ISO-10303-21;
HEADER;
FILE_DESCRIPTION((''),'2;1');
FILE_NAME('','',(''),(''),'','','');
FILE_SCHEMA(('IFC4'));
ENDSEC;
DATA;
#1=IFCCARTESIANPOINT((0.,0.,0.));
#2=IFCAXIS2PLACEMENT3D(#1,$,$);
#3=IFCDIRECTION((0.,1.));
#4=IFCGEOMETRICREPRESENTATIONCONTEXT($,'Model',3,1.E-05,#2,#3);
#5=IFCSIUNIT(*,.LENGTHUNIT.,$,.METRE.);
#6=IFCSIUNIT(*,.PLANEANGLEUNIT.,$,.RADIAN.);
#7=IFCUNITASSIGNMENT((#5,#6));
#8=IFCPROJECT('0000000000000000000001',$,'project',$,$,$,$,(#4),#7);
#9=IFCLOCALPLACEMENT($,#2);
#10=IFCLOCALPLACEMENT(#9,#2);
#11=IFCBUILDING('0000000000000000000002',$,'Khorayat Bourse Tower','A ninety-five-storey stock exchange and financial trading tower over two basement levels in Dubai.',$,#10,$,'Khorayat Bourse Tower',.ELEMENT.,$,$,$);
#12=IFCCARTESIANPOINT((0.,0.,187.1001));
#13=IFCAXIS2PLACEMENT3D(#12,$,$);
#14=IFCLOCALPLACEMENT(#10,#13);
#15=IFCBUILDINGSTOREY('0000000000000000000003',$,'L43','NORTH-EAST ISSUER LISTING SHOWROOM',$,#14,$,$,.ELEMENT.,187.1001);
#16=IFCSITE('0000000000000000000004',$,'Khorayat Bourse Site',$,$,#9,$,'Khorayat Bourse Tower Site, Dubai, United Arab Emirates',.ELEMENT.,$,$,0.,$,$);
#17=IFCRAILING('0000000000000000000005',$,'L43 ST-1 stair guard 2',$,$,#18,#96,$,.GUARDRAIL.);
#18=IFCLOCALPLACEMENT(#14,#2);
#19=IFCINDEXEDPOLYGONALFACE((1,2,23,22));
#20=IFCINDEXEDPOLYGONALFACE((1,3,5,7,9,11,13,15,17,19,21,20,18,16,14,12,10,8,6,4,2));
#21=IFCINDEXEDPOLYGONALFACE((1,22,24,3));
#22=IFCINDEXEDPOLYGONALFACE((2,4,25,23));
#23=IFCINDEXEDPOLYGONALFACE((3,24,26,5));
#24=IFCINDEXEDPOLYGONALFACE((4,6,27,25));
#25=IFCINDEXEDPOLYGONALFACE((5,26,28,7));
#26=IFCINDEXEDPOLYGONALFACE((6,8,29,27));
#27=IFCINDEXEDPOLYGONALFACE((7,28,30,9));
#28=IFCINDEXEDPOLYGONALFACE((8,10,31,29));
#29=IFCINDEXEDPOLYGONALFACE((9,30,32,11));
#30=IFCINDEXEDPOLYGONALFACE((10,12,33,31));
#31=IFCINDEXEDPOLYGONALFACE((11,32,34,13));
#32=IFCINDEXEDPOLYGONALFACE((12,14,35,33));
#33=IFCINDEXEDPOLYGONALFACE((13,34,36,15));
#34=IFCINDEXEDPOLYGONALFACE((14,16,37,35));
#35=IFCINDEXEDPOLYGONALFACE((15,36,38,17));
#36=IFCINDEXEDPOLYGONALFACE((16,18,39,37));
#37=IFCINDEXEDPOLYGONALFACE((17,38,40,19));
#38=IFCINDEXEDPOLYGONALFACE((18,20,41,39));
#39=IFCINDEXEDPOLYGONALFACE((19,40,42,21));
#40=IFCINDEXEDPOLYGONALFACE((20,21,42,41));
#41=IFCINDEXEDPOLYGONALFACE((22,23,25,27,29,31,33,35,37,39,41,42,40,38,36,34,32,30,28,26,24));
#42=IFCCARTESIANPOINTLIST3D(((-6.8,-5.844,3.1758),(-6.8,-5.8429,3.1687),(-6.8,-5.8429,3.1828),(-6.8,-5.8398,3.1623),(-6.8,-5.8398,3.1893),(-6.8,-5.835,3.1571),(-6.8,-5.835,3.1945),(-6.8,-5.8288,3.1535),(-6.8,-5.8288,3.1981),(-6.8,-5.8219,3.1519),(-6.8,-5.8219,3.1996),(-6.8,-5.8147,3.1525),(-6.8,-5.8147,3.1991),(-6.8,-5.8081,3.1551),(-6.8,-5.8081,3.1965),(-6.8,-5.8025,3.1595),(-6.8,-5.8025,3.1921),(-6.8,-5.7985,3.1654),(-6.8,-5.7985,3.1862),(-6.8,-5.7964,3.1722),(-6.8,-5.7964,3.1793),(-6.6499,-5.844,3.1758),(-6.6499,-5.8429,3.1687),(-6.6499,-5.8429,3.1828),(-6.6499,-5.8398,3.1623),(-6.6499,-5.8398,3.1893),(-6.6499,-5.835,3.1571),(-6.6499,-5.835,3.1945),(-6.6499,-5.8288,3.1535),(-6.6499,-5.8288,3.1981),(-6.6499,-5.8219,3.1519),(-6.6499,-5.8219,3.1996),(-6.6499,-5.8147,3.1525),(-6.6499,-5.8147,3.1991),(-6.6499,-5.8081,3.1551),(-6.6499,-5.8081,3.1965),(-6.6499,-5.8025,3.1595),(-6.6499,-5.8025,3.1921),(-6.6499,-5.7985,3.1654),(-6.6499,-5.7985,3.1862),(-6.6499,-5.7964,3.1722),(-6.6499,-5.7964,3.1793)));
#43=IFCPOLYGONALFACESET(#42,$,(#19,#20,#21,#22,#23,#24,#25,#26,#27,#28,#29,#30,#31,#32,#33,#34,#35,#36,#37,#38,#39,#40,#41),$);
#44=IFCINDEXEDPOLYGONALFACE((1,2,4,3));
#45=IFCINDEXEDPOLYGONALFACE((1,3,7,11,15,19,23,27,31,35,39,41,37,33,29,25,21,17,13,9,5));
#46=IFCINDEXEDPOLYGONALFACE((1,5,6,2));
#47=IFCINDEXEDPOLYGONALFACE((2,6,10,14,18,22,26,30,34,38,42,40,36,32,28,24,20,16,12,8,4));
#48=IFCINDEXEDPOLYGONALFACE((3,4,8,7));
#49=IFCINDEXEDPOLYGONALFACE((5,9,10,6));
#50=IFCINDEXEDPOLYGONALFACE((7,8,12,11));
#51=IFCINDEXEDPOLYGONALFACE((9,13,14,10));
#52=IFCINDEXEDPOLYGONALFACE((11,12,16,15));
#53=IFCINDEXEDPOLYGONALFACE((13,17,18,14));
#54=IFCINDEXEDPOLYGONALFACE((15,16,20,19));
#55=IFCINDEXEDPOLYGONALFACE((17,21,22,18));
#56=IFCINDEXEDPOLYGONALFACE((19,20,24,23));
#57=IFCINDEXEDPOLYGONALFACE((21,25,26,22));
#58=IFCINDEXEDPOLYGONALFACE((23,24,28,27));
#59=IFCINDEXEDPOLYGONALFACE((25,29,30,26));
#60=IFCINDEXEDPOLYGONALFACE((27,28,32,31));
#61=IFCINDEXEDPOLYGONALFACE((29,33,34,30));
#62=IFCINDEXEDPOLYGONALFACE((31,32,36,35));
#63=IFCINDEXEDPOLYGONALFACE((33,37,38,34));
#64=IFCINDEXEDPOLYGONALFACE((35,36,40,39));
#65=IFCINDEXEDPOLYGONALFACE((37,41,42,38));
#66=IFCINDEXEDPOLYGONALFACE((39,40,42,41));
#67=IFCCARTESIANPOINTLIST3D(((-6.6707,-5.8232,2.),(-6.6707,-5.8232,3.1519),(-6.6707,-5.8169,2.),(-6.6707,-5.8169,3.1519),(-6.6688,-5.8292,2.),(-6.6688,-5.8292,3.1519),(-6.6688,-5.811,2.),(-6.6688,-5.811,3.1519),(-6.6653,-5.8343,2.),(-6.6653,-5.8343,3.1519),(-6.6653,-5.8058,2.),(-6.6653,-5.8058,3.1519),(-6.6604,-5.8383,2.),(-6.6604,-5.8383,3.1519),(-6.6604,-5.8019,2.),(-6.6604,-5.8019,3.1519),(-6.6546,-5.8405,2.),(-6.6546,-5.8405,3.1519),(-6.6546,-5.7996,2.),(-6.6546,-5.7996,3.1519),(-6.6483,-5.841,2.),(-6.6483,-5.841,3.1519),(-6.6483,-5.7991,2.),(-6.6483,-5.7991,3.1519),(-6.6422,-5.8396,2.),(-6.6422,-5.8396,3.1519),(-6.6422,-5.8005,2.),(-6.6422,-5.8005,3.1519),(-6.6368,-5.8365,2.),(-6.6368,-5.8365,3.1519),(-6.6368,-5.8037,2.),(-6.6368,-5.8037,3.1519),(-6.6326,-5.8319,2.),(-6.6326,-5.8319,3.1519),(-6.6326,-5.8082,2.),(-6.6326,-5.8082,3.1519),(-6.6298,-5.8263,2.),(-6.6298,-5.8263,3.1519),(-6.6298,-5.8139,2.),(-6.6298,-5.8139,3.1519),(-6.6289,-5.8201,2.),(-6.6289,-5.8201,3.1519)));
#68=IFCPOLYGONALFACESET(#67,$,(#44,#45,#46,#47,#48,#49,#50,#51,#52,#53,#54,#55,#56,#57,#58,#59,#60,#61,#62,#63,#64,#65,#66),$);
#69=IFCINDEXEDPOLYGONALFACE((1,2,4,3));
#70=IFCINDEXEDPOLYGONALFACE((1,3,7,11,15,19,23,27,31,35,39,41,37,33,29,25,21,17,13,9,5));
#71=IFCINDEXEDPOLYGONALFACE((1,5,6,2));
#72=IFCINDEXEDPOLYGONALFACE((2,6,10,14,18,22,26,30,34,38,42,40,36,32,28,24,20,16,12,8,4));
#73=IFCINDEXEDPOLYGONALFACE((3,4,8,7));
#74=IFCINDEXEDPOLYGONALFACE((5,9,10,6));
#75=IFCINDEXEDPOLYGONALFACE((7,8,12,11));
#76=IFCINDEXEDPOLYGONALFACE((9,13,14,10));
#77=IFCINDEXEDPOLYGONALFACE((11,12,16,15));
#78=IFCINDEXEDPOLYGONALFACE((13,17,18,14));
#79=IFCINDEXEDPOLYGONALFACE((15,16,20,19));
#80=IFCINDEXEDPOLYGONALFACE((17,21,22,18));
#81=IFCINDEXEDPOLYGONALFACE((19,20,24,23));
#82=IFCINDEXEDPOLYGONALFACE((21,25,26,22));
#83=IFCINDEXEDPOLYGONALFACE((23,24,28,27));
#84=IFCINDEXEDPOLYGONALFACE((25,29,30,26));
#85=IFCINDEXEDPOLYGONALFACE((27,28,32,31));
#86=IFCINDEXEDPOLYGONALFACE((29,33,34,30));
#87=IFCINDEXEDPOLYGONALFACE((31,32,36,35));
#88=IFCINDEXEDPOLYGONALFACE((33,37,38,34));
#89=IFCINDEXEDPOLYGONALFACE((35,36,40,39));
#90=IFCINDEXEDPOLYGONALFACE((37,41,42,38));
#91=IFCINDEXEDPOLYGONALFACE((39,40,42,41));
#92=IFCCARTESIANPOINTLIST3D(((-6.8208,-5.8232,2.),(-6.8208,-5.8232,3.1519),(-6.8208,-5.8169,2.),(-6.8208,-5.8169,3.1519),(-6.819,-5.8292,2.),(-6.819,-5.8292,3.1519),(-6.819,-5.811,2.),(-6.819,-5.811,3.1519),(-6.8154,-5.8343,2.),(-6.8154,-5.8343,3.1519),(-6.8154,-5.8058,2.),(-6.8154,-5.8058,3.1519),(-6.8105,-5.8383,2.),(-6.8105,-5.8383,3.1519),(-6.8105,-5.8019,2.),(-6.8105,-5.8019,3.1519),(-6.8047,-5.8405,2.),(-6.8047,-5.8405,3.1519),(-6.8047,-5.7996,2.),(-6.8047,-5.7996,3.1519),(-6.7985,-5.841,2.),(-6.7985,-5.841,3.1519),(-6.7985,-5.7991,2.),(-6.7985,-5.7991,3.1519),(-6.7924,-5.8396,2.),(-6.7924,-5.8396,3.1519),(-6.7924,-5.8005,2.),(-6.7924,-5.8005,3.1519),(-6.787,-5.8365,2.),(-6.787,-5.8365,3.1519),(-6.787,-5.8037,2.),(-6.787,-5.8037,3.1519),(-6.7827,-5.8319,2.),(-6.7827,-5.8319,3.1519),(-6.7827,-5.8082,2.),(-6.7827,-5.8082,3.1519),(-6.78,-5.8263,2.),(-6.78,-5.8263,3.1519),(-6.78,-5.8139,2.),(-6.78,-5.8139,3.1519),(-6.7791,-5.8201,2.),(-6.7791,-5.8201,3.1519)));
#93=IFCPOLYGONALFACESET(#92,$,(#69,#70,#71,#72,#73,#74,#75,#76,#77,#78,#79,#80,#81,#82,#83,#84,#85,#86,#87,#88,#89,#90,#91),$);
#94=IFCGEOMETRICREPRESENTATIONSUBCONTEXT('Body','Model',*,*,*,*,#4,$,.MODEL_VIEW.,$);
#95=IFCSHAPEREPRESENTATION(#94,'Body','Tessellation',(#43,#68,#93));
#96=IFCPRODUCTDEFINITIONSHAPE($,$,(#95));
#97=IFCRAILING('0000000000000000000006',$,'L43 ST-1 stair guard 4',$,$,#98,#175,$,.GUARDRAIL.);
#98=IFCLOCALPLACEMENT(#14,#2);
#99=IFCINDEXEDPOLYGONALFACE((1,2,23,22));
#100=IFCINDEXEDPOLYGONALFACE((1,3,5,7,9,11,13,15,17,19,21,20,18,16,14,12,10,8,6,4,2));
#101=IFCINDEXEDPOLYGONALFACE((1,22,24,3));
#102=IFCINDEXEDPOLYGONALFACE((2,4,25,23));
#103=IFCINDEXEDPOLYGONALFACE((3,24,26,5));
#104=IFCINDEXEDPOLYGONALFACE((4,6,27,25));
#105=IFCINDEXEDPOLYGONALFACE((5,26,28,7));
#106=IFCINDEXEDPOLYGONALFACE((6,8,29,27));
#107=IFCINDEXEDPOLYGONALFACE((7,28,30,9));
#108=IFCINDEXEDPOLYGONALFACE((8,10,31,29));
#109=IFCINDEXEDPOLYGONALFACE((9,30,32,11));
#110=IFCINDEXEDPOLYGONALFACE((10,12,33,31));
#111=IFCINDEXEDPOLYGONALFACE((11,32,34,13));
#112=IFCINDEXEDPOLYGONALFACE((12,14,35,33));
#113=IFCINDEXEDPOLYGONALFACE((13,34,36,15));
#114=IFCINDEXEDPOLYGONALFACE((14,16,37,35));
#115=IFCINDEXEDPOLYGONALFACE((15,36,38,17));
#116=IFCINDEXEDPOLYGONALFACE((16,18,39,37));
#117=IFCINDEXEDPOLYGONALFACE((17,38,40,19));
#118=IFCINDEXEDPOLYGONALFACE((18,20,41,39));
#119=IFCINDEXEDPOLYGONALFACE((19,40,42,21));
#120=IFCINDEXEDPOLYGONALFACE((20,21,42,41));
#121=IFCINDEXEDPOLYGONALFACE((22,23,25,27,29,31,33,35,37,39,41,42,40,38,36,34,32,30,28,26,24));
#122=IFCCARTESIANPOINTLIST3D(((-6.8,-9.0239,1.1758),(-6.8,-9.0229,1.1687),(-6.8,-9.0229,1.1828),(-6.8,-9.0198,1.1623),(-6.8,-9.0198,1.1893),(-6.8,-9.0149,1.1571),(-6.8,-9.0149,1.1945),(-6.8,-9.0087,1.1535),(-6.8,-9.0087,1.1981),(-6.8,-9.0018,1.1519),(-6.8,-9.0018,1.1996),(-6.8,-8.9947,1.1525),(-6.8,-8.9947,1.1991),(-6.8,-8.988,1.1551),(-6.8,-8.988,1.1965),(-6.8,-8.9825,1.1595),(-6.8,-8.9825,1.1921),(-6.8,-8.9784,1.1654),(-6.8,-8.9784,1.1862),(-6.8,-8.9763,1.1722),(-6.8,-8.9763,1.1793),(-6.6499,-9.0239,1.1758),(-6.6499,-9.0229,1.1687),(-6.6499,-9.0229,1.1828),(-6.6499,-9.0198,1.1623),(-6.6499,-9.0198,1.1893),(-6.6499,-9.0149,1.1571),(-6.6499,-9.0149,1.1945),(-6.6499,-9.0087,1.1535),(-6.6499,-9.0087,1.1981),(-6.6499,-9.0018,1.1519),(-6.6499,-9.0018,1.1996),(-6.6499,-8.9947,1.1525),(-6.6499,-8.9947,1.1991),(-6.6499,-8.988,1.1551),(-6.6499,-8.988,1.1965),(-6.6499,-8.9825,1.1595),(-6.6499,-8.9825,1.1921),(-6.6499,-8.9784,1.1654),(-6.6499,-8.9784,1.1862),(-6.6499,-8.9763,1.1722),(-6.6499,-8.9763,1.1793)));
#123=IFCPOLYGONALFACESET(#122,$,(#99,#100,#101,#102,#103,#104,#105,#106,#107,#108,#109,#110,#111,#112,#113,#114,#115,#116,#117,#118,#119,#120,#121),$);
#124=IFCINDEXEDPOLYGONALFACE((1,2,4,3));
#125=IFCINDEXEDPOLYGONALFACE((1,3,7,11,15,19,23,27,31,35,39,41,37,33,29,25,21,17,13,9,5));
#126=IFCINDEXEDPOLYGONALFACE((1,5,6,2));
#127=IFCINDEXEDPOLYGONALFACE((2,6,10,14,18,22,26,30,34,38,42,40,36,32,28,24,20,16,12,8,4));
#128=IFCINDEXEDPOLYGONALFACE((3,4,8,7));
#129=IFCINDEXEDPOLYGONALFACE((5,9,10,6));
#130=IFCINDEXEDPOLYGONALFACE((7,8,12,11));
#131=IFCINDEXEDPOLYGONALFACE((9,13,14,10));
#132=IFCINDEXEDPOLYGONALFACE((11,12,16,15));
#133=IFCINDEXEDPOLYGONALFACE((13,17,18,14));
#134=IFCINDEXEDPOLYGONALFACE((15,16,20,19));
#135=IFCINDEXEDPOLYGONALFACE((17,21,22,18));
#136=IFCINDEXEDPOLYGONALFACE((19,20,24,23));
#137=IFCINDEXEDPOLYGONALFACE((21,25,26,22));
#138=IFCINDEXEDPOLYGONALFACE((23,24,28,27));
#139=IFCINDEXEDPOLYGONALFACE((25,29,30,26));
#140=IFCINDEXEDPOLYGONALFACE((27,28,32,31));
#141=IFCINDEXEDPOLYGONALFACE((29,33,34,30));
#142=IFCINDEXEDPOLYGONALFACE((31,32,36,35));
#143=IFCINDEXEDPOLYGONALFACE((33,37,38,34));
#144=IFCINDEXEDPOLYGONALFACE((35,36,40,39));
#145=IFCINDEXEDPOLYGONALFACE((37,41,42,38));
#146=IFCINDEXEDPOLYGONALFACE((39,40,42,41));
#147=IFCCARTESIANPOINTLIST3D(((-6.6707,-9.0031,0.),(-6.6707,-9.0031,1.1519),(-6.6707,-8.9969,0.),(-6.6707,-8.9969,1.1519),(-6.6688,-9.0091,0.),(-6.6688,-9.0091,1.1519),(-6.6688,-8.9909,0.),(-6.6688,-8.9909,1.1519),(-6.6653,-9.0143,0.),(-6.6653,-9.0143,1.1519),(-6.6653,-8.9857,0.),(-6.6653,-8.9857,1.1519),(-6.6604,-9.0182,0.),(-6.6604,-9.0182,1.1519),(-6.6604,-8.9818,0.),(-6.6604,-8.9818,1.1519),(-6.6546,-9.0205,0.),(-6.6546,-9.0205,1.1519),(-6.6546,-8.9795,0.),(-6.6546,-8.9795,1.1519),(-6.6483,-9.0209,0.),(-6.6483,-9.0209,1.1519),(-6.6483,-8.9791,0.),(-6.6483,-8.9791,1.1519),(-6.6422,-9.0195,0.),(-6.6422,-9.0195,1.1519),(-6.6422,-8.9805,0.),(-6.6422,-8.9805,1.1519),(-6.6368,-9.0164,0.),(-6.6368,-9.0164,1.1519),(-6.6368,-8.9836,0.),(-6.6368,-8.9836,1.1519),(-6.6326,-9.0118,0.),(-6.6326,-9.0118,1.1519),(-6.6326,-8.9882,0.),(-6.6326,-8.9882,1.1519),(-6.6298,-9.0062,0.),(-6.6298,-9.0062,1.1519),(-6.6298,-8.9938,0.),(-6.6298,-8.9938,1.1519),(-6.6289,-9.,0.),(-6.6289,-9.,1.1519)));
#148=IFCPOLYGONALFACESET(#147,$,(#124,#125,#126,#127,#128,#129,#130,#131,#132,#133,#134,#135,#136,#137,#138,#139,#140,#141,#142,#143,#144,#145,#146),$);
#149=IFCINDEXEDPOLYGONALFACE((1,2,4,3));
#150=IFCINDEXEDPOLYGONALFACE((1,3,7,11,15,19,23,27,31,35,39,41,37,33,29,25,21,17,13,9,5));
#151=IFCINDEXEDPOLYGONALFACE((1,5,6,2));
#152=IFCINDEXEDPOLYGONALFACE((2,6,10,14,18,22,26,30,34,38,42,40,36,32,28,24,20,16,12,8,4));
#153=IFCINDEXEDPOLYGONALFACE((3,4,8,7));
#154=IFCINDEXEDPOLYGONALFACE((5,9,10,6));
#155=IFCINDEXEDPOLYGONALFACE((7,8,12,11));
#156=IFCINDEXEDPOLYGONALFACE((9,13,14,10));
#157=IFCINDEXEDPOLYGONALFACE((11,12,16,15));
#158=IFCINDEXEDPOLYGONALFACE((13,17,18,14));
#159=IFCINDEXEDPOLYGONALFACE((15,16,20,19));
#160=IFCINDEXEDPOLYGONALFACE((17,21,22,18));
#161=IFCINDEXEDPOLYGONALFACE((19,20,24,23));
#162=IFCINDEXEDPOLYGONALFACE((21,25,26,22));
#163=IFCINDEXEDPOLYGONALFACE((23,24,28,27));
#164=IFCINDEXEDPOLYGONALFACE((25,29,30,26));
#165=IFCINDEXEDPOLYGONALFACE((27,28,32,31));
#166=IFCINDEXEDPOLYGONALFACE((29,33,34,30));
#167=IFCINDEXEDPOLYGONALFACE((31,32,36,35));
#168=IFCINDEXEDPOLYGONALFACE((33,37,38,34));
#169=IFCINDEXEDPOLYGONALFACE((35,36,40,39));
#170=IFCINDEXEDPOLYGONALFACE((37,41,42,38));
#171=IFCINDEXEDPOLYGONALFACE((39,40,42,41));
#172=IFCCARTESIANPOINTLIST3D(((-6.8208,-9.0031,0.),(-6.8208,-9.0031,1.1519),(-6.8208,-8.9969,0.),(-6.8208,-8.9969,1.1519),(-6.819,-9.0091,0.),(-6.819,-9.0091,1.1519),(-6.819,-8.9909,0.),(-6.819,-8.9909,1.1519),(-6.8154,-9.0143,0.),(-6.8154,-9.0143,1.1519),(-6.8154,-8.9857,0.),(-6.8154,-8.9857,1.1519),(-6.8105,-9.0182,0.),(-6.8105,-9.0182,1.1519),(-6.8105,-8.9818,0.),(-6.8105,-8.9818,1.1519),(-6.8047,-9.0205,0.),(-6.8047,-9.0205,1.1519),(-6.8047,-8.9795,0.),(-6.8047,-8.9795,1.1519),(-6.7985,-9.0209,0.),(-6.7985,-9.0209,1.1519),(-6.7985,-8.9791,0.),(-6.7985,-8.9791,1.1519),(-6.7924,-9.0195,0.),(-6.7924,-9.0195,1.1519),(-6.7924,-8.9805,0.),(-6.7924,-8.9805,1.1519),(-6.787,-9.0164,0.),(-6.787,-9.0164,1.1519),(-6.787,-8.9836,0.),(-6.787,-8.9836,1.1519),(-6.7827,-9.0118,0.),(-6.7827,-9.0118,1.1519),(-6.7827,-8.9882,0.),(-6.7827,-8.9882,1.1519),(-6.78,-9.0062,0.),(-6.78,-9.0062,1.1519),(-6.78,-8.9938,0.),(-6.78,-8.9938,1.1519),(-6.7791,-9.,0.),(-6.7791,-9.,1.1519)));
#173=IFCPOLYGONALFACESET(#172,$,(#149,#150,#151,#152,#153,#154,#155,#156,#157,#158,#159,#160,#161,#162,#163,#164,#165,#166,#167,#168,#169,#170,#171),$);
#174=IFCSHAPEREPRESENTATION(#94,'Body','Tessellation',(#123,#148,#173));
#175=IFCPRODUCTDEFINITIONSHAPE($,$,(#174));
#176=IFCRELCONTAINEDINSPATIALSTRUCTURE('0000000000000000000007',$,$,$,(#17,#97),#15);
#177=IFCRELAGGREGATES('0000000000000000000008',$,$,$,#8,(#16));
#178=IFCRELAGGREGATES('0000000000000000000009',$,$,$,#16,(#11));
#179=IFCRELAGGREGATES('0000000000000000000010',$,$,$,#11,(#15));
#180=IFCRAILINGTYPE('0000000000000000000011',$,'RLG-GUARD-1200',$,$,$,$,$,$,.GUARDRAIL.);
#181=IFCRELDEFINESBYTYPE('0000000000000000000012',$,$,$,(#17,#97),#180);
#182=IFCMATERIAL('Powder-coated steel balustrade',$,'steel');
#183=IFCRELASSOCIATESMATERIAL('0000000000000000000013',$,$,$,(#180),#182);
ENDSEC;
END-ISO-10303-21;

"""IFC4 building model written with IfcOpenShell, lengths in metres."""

from ifc_helpers import new_model, si_unit, direction, frame, origin, origin_2d, place, context, subcontext, project, spatial, circle, extrude, source, transform, mapped, material, type_object, element, save


model = new_model("IFC4")

# Units and contexts
model_context = context("Model", 3, precision=1e-05, world=origin(), true_north=direction((0.0, 1.0)))
body_context = subcontext(model_context, "Body", "Model", "MODEL_VIEW")
ifc_project = project(units=[si_unit("LENGTHUNIT", "METRE"), si_unit("PLANEANGLEUNIT", "RADIAN")], contexts=[model_context])

# Site, building, storey
site_placement = place(None, origin())
site = spatial("IfcSite", under=ifc_project, at=site_placement, Name="Khorayat Bourse Site", LongName="Khorayat Bourse Tower Site, Dubai, United Arab Emirates", CompositionType="ELEMENT", RefElevation=0.0)
building_placement = place(site_placement, origin())
building = spatial("IfcBuilding", under=site, at=building_placement, Name="Khorayat Bourse Tower", Description="A ninety-five-storey stock exchange and financial trading tower over two basement levels in Dubai.", LongName="Khorayat Bourse Tower", CompositionType="ELEMENT")
storey_placement = place(building_placement, frame((0.0, 0.0, 187.1001)))
storey = spatial("IfcBuildingStorey", under=building, at=storey_placement, Name="L43", Description="NORTH-EAST ISSUER LISTING SHOWROOM", CompositionType="ELEMENT", Elevation=187.1001)

# Railings
ifc_material_1 = material(Name="Powder-coated steel balustrade", Category="steel")
railing_type_1 = type_object("IfcRailingType", Name="RLG-GUARD-1200", PredefinedType="GUARDRAIL", material=ifc_material_1)
shared_shape_1 = source(origin(), body_context, "Body", "SweptSolid", [
    extrude(circle(Radius=0.0239, at=origin_2d()), frame((0.0, 0.0, 1.1758), z_axis=(-1.0, 0.0, 0.0), x_axis=(0.0, -1.0, 0.0)), (0.0, 0.0, 1.0), 0.1501),
    extrude(circle(Radius=0.021, at=origin_2d()), origin(), (0.0, 0.0, 1.0), 1.1519),
    extrude(circle(Radius=0.021, at=origin_2d()), frame((-0.1501, 0.0, 0.0)), (0.0, 0.0, 1.0), 1.1519),
])
for number, where, name in (
    (1, (-6.6499, -5.8201, 2.0), "L43 ST-1 stair guard 2"),
    (2, (-6.6499, -9.0, 0.0), "L43 ST-1 stair guard 4"),
):
    element("IfcRailing", number, at=place(storey_placement, frame(where)), inside=storey, type_object=railing_type_1, Name=name, PredefinedType="GUARDRAIL", context=body_context, shape_type="MappedRepresentation", body=[
        mapped(shared_shape_1, transform((0.0, 0.0, 0.0), scale=1.0)),
    ])

save(model, "model.ifc")
